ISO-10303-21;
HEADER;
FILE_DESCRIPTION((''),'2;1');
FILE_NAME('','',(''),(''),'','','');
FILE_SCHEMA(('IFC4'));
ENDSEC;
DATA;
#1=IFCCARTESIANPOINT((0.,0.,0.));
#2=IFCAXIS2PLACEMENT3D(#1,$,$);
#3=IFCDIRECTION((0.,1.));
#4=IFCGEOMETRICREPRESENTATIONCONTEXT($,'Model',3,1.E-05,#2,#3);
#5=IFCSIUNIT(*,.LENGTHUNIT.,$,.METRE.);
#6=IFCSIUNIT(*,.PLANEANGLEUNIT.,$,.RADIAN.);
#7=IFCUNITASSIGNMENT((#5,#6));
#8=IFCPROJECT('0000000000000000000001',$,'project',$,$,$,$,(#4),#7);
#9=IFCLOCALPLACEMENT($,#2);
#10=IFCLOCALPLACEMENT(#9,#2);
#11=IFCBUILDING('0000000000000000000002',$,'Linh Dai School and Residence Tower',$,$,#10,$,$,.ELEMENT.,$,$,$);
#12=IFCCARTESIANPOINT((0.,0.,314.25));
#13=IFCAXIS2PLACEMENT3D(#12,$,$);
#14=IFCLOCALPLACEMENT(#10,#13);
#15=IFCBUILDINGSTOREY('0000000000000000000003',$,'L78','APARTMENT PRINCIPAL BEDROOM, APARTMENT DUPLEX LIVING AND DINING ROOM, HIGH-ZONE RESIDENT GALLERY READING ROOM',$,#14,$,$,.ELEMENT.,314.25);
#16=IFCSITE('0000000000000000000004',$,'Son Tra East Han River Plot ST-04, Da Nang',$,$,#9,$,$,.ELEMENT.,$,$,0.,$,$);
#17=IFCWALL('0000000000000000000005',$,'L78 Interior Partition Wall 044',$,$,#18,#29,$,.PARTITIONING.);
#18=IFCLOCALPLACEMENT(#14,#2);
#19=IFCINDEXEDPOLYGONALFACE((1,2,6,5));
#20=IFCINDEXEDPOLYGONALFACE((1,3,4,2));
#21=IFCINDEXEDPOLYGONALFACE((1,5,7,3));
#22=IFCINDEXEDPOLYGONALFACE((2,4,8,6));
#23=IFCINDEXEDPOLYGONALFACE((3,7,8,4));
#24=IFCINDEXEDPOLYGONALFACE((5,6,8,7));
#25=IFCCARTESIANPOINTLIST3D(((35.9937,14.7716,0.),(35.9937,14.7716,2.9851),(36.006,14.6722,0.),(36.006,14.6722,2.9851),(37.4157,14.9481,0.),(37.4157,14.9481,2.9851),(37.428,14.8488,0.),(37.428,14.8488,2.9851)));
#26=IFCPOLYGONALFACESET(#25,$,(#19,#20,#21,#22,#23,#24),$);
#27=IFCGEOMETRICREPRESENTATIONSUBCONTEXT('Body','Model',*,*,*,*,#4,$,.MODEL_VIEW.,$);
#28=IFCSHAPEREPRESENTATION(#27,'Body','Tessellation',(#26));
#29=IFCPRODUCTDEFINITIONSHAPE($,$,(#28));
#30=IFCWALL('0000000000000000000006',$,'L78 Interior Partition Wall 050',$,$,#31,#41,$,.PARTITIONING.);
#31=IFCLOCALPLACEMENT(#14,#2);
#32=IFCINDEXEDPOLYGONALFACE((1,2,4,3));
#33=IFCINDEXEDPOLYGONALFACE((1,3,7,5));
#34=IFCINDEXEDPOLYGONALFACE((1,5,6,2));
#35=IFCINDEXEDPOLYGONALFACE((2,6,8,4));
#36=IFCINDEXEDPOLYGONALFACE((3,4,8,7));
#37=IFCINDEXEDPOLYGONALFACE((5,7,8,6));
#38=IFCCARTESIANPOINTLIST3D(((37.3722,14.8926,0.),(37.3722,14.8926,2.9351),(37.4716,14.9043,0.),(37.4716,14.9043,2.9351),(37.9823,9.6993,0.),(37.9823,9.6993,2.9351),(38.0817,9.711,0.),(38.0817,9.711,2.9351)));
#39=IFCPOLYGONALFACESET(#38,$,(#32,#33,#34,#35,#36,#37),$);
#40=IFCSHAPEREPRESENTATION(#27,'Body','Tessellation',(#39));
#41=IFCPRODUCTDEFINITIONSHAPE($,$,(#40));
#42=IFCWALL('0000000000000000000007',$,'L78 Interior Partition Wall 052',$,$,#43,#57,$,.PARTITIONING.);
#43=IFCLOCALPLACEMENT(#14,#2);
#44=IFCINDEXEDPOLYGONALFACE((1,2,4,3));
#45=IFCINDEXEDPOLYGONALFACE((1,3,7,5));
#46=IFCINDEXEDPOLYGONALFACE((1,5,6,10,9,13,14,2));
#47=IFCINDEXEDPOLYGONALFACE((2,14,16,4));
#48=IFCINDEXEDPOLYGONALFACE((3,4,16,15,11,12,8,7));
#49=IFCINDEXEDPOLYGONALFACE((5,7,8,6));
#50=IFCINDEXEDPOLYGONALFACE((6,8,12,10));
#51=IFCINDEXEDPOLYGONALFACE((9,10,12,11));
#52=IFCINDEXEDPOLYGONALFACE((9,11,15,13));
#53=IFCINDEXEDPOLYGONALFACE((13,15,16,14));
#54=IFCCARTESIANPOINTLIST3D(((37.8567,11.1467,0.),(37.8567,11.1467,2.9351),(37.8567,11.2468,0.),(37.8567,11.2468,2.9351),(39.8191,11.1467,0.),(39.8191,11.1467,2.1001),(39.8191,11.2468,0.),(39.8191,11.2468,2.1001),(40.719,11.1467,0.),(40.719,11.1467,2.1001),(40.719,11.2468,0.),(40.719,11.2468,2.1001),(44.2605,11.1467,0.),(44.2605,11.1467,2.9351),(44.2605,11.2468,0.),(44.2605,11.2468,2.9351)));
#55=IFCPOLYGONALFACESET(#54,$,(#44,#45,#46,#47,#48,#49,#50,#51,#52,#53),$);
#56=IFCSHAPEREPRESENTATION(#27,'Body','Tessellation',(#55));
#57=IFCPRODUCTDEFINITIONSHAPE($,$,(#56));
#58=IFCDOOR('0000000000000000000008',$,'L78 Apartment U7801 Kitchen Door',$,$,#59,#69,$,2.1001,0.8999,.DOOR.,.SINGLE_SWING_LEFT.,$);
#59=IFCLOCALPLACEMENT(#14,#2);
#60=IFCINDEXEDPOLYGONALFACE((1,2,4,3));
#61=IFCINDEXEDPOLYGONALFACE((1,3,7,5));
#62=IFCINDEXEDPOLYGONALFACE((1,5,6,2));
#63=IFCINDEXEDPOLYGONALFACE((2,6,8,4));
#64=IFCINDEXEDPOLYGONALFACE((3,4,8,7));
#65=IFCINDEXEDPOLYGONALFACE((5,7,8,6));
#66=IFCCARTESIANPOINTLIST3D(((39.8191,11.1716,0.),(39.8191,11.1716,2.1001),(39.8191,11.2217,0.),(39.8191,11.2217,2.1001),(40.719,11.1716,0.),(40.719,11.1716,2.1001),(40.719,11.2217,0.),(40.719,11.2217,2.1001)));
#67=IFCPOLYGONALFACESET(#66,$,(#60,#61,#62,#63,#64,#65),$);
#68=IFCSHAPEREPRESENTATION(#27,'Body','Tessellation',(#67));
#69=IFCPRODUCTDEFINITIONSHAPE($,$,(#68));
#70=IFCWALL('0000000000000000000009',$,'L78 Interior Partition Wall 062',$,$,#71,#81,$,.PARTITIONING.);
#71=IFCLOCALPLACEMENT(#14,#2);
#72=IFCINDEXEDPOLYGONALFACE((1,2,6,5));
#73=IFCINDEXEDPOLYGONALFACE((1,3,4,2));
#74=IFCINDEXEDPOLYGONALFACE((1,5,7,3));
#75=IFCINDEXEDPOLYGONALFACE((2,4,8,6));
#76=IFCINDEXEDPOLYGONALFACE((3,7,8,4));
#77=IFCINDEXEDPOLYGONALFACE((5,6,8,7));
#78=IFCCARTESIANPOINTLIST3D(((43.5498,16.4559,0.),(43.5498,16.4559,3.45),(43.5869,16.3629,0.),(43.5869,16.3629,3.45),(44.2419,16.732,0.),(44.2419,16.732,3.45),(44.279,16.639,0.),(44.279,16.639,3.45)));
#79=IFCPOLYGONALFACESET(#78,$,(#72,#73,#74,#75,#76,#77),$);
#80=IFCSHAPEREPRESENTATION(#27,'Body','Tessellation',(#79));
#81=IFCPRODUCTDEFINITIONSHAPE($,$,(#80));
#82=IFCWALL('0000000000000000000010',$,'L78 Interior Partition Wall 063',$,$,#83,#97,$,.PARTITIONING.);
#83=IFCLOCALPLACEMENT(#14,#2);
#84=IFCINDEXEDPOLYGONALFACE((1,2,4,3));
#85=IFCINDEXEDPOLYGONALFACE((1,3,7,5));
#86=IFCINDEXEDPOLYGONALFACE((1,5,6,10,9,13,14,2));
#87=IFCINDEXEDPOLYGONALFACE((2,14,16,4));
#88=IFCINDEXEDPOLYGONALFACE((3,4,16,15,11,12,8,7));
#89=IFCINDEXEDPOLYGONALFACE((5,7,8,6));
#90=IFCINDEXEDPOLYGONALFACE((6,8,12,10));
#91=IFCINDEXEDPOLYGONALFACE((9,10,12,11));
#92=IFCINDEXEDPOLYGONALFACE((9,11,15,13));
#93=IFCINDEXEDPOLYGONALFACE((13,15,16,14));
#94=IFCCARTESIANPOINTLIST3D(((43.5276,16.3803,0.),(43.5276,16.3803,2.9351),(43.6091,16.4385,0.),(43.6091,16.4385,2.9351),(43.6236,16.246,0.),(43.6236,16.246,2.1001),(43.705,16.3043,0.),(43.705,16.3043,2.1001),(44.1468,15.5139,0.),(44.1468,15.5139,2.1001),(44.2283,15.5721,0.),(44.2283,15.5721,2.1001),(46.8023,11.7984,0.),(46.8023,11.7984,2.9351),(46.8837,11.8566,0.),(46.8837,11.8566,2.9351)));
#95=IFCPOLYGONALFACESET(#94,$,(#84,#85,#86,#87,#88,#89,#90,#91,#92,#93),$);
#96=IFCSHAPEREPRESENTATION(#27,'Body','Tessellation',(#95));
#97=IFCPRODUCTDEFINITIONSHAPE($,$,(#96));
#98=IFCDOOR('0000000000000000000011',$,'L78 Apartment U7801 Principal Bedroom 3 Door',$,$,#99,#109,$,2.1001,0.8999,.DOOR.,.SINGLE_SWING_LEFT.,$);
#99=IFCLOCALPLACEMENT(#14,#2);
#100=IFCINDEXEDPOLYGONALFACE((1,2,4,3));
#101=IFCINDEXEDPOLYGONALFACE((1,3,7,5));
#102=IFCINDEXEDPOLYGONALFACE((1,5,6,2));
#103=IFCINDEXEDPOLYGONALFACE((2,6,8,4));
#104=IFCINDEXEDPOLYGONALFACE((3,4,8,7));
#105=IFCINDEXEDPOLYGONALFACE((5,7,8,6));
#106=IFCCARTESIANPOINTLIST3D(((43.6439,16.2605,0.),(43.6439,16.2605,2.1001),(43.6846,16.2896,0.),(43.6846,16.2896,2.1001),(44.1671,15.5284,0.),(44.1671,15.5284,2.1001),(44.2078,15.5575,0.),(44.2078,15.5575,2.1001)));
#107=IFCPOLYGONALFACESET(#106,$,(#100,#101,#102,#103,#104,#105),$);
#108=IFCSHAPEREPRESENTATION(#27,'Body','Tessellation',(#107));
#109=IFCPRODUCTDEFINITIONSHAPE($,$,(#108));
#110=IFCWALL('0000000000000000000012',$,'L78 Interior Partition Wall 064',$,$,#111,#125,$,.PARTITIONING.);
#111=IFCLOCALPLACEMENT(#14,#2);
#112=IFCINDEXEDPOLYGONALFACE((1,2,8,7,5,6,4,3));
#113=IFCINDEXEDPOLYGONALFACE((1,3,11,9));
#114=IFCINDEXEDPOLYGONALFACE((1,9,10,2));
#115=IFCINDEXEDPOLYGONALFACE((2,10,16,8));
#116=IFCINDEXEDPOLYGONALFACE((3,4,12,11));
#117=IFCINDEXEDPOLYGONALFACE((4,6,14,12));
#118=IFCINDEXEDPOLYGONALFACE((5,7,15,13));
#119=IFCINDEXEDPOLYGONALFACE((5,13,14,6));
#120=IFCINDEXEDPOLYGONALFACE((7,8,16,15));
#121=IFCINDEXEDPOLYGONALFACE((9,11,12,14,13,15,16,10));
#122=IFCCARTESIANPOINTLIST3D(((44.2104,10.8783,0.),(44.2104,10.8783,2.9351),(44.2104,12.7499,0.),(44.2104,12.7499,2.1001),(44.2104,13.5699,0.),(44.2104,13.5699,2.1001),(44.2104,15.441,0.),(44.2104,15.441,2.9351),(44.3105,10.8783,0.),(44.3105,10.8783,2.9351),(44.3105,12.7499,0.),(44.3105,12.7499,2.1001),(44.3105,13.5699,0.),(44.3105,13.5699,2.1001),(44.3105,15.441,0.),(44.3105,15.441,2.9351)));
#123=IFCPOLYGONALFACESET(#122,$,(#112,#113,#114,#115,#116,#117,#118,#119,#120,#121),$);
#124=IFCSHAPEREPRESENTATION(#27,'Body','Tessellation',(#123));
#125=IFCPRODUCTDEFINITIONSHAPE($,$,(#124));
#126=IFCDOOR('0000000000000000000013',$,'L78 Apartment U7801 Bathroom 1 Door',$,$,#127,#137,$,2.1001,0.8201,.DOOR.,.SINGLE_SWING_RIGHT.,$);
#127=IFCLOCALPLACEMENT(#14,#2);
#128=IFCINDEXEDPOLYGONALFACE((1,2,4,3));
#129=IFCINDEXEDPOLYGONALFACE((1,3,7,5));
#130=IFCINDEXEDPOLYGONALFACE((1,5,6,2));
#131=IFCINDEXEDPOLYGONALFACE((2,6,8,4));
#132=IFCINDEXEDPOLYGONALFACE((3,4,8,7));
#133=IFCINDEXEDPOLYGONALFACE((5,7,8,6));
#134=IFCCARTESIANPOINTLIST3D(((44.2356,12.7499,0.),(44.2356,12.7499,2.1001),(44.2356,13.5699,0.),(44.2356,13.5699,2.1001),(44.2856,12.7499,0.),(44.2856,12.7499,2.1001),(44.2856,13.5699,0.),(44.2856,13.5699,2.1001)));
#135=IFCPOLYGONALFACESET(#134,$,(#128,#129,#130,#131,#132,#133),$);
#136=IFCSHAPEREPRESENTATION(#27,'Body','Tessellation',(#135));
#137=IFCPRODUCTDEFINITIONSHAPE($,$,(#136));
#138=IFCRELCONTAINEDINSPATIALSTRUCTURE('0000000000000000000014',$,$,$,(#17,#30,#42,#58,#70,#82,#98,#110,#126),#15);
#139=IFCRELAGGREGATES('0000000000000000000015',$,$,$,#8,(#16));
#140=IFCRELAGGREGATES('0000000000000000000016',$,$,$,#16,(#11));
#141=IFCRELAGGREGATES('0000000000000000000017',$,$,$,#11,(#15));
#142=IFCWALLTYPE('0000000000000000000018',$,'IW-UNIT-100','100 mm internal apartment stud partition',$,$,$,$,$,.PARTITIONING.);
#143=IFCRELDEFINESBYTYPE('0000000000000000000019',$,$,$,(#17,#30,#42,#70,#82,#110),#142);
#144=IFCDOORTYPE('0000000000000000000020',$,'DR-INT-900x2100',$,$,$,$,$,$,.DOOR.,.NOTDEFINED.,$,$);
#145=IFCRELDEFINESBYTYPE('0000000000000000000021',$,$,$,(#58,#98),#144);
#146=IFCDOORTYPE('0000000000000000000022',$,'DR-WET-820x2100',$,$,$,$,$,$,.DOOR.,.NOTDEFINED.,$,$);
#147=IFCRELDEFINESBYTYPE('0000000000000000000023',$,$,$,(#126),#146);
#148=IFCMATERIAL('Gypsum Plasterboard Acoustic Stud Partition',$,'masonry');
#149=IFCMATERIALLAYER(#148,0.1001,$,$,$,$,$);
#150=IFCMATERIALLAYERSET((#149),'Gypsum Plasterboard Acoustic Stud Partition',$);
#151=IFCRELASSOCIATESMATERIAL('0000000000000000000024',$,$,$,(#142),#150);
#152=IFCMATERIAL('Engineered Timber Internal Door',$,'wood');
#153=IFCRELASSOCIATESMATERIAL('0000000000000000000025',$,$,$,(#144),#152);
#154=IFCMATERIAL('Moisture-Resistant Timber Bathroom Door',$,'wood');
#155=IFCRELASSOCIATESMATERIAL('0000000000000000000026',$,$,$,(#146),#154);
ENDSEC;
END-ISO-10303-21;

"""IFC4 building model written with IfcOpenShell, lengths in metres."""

from ifc_helpers import new_model, si_unit, direction, frame, frame_2d, origin, origin_2d, place, context, subcontext, project, spatial, rectangle, extrude, source, transform, mapped, material, layer, layer_set, type_object, element, fill, save


model = new_model("IFC4")

# Units and contexts
model_context = context("Model", 3, precision=1e-05, world=origin(), true_north=direction((0.0, 1.0)))
body_context = subcontext(model_context, "Body", "Model", "MODEL_VIEW")
ifc_project = project(units=[si_unit("LENGTHUNIT", "METRE"), si_unit("PLANEANGLEUNIT", "RADIAN")], contexts=[model_context])

# Site, building, storey
site_placement = place(None, origin())
site = spatial("IfcSite", under=ifc_project, at=site_placement, Name="Son Tra East Han River Plot ST-04, Da Nang", CompositionType="ELEMENT", RefElevation=0.0)
building_placement = place(site_placement, origin())
building = spatial("IfcBuilding", under=site, at=building_placement, Name="Linh Dai School and Residence Tower", CompositionType="ELEMENT")
storey_placement = place(building_placement, frame((0.0, 0.0, 314.25)))
storey = spatial("IfcBuildingStorey", under=building, at=storey_placement, Name="L78", Description="APARTMENT PRINCIPAL BEDROOM, APARTMENT DUPLEX LIVING AND DINING ROOM, HIGH-ZONE RESIDENT GALLERY READING ROOM", CompositionType="ELEMENT", Elevation=314.25)

# Walls
ifc_material_1 = material(Name="Gypsum Plasterboard Acoustic Stud Partition", Category="masonry")
ifc_layer_1 = layer(ifc_material_1, 0.1001)
ifc_layer_set_1 = layer_set([ifc_layer_1], Name="Gypsum Plasterboard Acoustic Stud Partition")
wall_type_1 = type_object("IfcWallType", Name="IW-UNIT-100", Description="100 mm internal apartment stud partition", PredefinedType="PARTITIONING", material=ifc_layer_set_1)
wall_1_placement = place(storey_placement, frame((36.0, 14.7219, 0.0), z_axis=(0.0, 0.0, 1.0), x_axis=(0.992382, 0.123196, 0.0)))
element("IfcWall", 1, at=wall_1_placement, inside=storey, type_object=wall_type_1, Name="L78 Interior Partition Wall 044", PredefinedType="PARTITIONING", context=body_context, shape_type="SweptSolid", body=[
    extrude(rectangle(XDim=1.4329, YDim=0.1001, at=frame_2d((0.7163, 0.0))), origin(), (0.0, 0.0, 1.0), 2.9851),
])
wall_2_placement = place(storey_placement, frame((37.4219, 14.8984, 0.0), z_axis=(0.0, 0.0, 1.0), x_axis=(0.116676, -0.99317, 0.0)))
element("IfcWall", 2, at=wall_2_placement, inside=storey, type_object=wall_type_1, Name="L78 Interior Partition Wall 050", PredefinedType="PARTITIONING", context=body_context, shape_type="SweptSolid", body=[
    extrude(rectangle(XDim=5.229, YDim=0.1001, at=frame_2d((2.6145, 0.0))), origin(), (0.0, 0.0, 1.0), 2.9351),
])

# Wall, opening, door
wall_3_placement = place(storey_placement, frame((37.8567, 11.1968, 0.0), z_axis=(0.0, 0.0, 1.0), x_axis=(1.0, 0.0, 0.0)))
wall_3 = element("IfcWall", 3, at=wall_3_placement, inside=storey, type_object=wall_type_1, Name="L78 Interior Partition Wall 052", PredefinedType="PARTITIONING", context=body_context, shape_type="SweptSolid", body=[
    extrude(rectangle(XDim=6.4038, YDim=0.1001, at=frame_2d((3.2019, 0.0))), origin(), (0.0, 0.0, 1.0), 2.9351),
])
opening_1_placement = place(wall_3_placement, frame((1.9624, 0.0, 0.0)))
opening_1 = element("IfcOpeningElement", 4, at=opening_1_placement, cuts=wall_3, PredefinedType="OPENING", context=body_context, shape_type="SweptSolid", body=[
    extrude(rectangle(XDim=0.8999, YDim=2.1001, at=origin_2d()), frame((0.45, 0.0601, 1.05), z_axis=(0.0, -1.0, 0.0), x_axis=(1.0, 0.0, 0.0)), (0.0, 0.0, 1.0), 0.1201),
])
ifc_material_2 = material(Name="Engineered Timber Internal Door", Category="wood")
door_type_1 = type_object("IfcDoorType", Name="DR-INT-900x2100", OperationType="NOTDEFINED", PredefinedType="DOOR", material=ifc_material_2)
shared_shape_1 = source(origin(), body_context, "Body", "SweptSolid", [
    extrude(rectangle(XDim=0.8999, YDim=2.1001, at=origin_2d()), frame((0.45, 0.0249, 1.05), z_axis=(0.0, -1.0, 0.0), x_axis=(1.0, 0.0, 0.0)), (0.0, 0.0, 1.0), 0.05),
])
door_1_placement = place(opening_1_placement, origin())
door_1 = element("IfcDoor", 5, at=door_1_placement, inside=storey, type_object=door_type_1, Name="L78 Apartment U7801 Kitchen Door", OperationType="SINGLE_SWING_LEFT", OverallHeight=2.1001, OverallWidth=0.8999, PredefinedType="DOOR", context=body_context, shape_type="MappedRepresentation", body=[
    mapped(shared_shape_1, transform((0.0, 0.0, 0.0), x_axis=(1.0, 0.0, 0.0), y_axis=(0.0, 1.0, 0.0), z_axis=(0.0, 0.0, 1.0), scale=1.0)),
])
fill(opening_1, door_1)

# Wall
wall_4_placement = place(storey_placement, frame((43.5684, 16.4094, 0.0), z_axis=(0.0, 0.0, 1.0), x_axis=(0.928815, 0.370543, 0.0)))
element("IfcWall", 6, at=wall_4_placement, inside=storey, type_object=wall_type_1, Name="L78 Interior Partition Wall 062", PredefinedType="PARTITIONING", context=body_context, shape_type="SweptSolid", body=[
    extrude(rectangle(XDim=0.7451, YDim=0.1001, at=frame_2d((0.3726, 0.0))), origin(), (0.0, 0.0, 1.0), 3.45),
])

# Walls, openings, doors
wall_5_placement = place(storey_placement, frame((43.5684, 16.4094, 0.0), z_axis=(0.0, 0.0, 1.0), x_axis=(0.581447, -0.813584, 0.0)))
wall_5 = element("IfcWall", 7, at=wall_5_placement, inside=storey, type_object=wall_type_1, Name="L78 Interior Partition Wall 063", PredefinedType="PARTITIONING", context=body_context, shape_type="SweptSolid", body=[
    extrude(rectangle(XDim=5.6318, YDim=0.1001, at=frame_2d((2.8159, 0.0))), origin(), (0.0, 0.0, 1.0), 2.9351),
])
opening_2_placement = place(wall_5_placement, frame((0.165, 0.0, 0.0)))
opening_2 = element("IfcOpeningElement", 8, at=opening_2_placement, cuts=wall_5, PredefinedType="OPENING", context=body_context, shape_type="SweptSolid", body=[
    extrude(rectangle(XDim=0.8999, YDim=2.1001, at=origin_2d()), frame((0.45, 0.0601, 1.05), z_axis=(0.0, -1.0, 0.0), x_axis=(1.0, 0.0, 0.0)), (0.0, 0.0, 1.0), 0.1201),
])
door_2_placement = place(opening_2_placement, origin())
door_2 = element("IfcDoor", 9, at=door_2_placement, inside=storey, type_object=door_type_1, Name="L78 Apartment U7801 Principal Bedroom 3 Door", OperationType="SINGLE_SWING_LEFT", OverallHeight=2.1001, OverallWidth=0.8999, PredefinedType="DOOR", context=body_context, shape_type="MappedRepresentation", body=[
    mapped(shared_shape_1, transform((0.0, 0.0, 0.0), x_axis=(1.0, 0.0, 0.0), y_axis=(0.0, 1.0, 0.0), z_axis=(0.0, 0.0, 1.0), scale=1.0)),
])
fill(opening_2, door_2)
wall_6_placement = place(storey_placement, frame((44.2605, 10.8784, 0.0), z_axis=(0.0, 0.0, 1.0), x_axis=(0.0, 1.0, 0.0)))
wall_6 = element("IfcWall", 10, at=wall_6_placement, inside=storey, type_object=wall_type_1, Name="L78 Interior Partition Wall 064", PredefinedType="PARTITIONING", context=body_context, shape_type="SweptSolid", body=[
    extrude(rectangle(XDim=4.5627, YDim=0.1001, at=frame_2d((2.2812, 0.0))), origin(), (0.0, 0.0, 1.0), 2.9351),
])
opening_3_placement = place(wall_6_placement, frame((1.8713, 0.0, 0.0)))
opening_3 = element("IfcOpeningElement", 11, at=opening_3_placement, cuts=wall_6, PredefinedType="OPENING", context=body_context, shape_type="SweptSolid", body=[
    extrude(rectangle(XDim=0.8201, YDim=2.1001, at=origin_2d()), frame((0.4102, 0.0601, 1.05), z_axis=(0.0, -1.0, 0.0), x_axis=(1.0, 0.0, 0.0)), (0.0, 0.0, 1.0), 0.1201),
])
ifc_material_3 = material(Name="Moisture-Resistant Timber Bathroom Door", Category="wood")
door_type_2 = type_object("IfcDoorType", Name="DR-WET-820x2100", OperationType="NOTDEFINED", PredefinedType="DOOR", material=ifc_material_3)
shared_shape_2 = source(origin(), body_context, "Body", "SweptSolid", [
    extrude(rectangle(XDim=0.8201, YDim=2.1001, at=origin_2d()), frame((0.4102, 0.0249, 1.05), z_axis=(0.0, -1.0, 0.0), x_axis=(1.0, 0.0, 0.0)), (0.0, 0.0, 1.0), 0.05),
])
door_3_placement = place(opening_3_placement, origin())
door_3 = element("IfcDoor", 12, at=door_3_placement, inside=storey, type_object=door_type_2, Name="L78 Apartment U7801 Bathroom 1 Door", OperationType="SINGLE_SWING_RIGHT", OverallHeight=2.1001, OverallWidth=0.8201, PredefinedType="DOOR", context=body_context, shape_type="MappedRepresentation", body=[
    mapped(shared_shape_2, transform((0.0, 0.0, 0.0), x_axis=(1.0, 0.0, 0.0), y_axis=(0.0, 1.0, 0.0), z_axis=(0.0, 0.0, 1.0), scale=1.0)),
])
fill(opening_3, door_3)

save(model, "model.ifc")
